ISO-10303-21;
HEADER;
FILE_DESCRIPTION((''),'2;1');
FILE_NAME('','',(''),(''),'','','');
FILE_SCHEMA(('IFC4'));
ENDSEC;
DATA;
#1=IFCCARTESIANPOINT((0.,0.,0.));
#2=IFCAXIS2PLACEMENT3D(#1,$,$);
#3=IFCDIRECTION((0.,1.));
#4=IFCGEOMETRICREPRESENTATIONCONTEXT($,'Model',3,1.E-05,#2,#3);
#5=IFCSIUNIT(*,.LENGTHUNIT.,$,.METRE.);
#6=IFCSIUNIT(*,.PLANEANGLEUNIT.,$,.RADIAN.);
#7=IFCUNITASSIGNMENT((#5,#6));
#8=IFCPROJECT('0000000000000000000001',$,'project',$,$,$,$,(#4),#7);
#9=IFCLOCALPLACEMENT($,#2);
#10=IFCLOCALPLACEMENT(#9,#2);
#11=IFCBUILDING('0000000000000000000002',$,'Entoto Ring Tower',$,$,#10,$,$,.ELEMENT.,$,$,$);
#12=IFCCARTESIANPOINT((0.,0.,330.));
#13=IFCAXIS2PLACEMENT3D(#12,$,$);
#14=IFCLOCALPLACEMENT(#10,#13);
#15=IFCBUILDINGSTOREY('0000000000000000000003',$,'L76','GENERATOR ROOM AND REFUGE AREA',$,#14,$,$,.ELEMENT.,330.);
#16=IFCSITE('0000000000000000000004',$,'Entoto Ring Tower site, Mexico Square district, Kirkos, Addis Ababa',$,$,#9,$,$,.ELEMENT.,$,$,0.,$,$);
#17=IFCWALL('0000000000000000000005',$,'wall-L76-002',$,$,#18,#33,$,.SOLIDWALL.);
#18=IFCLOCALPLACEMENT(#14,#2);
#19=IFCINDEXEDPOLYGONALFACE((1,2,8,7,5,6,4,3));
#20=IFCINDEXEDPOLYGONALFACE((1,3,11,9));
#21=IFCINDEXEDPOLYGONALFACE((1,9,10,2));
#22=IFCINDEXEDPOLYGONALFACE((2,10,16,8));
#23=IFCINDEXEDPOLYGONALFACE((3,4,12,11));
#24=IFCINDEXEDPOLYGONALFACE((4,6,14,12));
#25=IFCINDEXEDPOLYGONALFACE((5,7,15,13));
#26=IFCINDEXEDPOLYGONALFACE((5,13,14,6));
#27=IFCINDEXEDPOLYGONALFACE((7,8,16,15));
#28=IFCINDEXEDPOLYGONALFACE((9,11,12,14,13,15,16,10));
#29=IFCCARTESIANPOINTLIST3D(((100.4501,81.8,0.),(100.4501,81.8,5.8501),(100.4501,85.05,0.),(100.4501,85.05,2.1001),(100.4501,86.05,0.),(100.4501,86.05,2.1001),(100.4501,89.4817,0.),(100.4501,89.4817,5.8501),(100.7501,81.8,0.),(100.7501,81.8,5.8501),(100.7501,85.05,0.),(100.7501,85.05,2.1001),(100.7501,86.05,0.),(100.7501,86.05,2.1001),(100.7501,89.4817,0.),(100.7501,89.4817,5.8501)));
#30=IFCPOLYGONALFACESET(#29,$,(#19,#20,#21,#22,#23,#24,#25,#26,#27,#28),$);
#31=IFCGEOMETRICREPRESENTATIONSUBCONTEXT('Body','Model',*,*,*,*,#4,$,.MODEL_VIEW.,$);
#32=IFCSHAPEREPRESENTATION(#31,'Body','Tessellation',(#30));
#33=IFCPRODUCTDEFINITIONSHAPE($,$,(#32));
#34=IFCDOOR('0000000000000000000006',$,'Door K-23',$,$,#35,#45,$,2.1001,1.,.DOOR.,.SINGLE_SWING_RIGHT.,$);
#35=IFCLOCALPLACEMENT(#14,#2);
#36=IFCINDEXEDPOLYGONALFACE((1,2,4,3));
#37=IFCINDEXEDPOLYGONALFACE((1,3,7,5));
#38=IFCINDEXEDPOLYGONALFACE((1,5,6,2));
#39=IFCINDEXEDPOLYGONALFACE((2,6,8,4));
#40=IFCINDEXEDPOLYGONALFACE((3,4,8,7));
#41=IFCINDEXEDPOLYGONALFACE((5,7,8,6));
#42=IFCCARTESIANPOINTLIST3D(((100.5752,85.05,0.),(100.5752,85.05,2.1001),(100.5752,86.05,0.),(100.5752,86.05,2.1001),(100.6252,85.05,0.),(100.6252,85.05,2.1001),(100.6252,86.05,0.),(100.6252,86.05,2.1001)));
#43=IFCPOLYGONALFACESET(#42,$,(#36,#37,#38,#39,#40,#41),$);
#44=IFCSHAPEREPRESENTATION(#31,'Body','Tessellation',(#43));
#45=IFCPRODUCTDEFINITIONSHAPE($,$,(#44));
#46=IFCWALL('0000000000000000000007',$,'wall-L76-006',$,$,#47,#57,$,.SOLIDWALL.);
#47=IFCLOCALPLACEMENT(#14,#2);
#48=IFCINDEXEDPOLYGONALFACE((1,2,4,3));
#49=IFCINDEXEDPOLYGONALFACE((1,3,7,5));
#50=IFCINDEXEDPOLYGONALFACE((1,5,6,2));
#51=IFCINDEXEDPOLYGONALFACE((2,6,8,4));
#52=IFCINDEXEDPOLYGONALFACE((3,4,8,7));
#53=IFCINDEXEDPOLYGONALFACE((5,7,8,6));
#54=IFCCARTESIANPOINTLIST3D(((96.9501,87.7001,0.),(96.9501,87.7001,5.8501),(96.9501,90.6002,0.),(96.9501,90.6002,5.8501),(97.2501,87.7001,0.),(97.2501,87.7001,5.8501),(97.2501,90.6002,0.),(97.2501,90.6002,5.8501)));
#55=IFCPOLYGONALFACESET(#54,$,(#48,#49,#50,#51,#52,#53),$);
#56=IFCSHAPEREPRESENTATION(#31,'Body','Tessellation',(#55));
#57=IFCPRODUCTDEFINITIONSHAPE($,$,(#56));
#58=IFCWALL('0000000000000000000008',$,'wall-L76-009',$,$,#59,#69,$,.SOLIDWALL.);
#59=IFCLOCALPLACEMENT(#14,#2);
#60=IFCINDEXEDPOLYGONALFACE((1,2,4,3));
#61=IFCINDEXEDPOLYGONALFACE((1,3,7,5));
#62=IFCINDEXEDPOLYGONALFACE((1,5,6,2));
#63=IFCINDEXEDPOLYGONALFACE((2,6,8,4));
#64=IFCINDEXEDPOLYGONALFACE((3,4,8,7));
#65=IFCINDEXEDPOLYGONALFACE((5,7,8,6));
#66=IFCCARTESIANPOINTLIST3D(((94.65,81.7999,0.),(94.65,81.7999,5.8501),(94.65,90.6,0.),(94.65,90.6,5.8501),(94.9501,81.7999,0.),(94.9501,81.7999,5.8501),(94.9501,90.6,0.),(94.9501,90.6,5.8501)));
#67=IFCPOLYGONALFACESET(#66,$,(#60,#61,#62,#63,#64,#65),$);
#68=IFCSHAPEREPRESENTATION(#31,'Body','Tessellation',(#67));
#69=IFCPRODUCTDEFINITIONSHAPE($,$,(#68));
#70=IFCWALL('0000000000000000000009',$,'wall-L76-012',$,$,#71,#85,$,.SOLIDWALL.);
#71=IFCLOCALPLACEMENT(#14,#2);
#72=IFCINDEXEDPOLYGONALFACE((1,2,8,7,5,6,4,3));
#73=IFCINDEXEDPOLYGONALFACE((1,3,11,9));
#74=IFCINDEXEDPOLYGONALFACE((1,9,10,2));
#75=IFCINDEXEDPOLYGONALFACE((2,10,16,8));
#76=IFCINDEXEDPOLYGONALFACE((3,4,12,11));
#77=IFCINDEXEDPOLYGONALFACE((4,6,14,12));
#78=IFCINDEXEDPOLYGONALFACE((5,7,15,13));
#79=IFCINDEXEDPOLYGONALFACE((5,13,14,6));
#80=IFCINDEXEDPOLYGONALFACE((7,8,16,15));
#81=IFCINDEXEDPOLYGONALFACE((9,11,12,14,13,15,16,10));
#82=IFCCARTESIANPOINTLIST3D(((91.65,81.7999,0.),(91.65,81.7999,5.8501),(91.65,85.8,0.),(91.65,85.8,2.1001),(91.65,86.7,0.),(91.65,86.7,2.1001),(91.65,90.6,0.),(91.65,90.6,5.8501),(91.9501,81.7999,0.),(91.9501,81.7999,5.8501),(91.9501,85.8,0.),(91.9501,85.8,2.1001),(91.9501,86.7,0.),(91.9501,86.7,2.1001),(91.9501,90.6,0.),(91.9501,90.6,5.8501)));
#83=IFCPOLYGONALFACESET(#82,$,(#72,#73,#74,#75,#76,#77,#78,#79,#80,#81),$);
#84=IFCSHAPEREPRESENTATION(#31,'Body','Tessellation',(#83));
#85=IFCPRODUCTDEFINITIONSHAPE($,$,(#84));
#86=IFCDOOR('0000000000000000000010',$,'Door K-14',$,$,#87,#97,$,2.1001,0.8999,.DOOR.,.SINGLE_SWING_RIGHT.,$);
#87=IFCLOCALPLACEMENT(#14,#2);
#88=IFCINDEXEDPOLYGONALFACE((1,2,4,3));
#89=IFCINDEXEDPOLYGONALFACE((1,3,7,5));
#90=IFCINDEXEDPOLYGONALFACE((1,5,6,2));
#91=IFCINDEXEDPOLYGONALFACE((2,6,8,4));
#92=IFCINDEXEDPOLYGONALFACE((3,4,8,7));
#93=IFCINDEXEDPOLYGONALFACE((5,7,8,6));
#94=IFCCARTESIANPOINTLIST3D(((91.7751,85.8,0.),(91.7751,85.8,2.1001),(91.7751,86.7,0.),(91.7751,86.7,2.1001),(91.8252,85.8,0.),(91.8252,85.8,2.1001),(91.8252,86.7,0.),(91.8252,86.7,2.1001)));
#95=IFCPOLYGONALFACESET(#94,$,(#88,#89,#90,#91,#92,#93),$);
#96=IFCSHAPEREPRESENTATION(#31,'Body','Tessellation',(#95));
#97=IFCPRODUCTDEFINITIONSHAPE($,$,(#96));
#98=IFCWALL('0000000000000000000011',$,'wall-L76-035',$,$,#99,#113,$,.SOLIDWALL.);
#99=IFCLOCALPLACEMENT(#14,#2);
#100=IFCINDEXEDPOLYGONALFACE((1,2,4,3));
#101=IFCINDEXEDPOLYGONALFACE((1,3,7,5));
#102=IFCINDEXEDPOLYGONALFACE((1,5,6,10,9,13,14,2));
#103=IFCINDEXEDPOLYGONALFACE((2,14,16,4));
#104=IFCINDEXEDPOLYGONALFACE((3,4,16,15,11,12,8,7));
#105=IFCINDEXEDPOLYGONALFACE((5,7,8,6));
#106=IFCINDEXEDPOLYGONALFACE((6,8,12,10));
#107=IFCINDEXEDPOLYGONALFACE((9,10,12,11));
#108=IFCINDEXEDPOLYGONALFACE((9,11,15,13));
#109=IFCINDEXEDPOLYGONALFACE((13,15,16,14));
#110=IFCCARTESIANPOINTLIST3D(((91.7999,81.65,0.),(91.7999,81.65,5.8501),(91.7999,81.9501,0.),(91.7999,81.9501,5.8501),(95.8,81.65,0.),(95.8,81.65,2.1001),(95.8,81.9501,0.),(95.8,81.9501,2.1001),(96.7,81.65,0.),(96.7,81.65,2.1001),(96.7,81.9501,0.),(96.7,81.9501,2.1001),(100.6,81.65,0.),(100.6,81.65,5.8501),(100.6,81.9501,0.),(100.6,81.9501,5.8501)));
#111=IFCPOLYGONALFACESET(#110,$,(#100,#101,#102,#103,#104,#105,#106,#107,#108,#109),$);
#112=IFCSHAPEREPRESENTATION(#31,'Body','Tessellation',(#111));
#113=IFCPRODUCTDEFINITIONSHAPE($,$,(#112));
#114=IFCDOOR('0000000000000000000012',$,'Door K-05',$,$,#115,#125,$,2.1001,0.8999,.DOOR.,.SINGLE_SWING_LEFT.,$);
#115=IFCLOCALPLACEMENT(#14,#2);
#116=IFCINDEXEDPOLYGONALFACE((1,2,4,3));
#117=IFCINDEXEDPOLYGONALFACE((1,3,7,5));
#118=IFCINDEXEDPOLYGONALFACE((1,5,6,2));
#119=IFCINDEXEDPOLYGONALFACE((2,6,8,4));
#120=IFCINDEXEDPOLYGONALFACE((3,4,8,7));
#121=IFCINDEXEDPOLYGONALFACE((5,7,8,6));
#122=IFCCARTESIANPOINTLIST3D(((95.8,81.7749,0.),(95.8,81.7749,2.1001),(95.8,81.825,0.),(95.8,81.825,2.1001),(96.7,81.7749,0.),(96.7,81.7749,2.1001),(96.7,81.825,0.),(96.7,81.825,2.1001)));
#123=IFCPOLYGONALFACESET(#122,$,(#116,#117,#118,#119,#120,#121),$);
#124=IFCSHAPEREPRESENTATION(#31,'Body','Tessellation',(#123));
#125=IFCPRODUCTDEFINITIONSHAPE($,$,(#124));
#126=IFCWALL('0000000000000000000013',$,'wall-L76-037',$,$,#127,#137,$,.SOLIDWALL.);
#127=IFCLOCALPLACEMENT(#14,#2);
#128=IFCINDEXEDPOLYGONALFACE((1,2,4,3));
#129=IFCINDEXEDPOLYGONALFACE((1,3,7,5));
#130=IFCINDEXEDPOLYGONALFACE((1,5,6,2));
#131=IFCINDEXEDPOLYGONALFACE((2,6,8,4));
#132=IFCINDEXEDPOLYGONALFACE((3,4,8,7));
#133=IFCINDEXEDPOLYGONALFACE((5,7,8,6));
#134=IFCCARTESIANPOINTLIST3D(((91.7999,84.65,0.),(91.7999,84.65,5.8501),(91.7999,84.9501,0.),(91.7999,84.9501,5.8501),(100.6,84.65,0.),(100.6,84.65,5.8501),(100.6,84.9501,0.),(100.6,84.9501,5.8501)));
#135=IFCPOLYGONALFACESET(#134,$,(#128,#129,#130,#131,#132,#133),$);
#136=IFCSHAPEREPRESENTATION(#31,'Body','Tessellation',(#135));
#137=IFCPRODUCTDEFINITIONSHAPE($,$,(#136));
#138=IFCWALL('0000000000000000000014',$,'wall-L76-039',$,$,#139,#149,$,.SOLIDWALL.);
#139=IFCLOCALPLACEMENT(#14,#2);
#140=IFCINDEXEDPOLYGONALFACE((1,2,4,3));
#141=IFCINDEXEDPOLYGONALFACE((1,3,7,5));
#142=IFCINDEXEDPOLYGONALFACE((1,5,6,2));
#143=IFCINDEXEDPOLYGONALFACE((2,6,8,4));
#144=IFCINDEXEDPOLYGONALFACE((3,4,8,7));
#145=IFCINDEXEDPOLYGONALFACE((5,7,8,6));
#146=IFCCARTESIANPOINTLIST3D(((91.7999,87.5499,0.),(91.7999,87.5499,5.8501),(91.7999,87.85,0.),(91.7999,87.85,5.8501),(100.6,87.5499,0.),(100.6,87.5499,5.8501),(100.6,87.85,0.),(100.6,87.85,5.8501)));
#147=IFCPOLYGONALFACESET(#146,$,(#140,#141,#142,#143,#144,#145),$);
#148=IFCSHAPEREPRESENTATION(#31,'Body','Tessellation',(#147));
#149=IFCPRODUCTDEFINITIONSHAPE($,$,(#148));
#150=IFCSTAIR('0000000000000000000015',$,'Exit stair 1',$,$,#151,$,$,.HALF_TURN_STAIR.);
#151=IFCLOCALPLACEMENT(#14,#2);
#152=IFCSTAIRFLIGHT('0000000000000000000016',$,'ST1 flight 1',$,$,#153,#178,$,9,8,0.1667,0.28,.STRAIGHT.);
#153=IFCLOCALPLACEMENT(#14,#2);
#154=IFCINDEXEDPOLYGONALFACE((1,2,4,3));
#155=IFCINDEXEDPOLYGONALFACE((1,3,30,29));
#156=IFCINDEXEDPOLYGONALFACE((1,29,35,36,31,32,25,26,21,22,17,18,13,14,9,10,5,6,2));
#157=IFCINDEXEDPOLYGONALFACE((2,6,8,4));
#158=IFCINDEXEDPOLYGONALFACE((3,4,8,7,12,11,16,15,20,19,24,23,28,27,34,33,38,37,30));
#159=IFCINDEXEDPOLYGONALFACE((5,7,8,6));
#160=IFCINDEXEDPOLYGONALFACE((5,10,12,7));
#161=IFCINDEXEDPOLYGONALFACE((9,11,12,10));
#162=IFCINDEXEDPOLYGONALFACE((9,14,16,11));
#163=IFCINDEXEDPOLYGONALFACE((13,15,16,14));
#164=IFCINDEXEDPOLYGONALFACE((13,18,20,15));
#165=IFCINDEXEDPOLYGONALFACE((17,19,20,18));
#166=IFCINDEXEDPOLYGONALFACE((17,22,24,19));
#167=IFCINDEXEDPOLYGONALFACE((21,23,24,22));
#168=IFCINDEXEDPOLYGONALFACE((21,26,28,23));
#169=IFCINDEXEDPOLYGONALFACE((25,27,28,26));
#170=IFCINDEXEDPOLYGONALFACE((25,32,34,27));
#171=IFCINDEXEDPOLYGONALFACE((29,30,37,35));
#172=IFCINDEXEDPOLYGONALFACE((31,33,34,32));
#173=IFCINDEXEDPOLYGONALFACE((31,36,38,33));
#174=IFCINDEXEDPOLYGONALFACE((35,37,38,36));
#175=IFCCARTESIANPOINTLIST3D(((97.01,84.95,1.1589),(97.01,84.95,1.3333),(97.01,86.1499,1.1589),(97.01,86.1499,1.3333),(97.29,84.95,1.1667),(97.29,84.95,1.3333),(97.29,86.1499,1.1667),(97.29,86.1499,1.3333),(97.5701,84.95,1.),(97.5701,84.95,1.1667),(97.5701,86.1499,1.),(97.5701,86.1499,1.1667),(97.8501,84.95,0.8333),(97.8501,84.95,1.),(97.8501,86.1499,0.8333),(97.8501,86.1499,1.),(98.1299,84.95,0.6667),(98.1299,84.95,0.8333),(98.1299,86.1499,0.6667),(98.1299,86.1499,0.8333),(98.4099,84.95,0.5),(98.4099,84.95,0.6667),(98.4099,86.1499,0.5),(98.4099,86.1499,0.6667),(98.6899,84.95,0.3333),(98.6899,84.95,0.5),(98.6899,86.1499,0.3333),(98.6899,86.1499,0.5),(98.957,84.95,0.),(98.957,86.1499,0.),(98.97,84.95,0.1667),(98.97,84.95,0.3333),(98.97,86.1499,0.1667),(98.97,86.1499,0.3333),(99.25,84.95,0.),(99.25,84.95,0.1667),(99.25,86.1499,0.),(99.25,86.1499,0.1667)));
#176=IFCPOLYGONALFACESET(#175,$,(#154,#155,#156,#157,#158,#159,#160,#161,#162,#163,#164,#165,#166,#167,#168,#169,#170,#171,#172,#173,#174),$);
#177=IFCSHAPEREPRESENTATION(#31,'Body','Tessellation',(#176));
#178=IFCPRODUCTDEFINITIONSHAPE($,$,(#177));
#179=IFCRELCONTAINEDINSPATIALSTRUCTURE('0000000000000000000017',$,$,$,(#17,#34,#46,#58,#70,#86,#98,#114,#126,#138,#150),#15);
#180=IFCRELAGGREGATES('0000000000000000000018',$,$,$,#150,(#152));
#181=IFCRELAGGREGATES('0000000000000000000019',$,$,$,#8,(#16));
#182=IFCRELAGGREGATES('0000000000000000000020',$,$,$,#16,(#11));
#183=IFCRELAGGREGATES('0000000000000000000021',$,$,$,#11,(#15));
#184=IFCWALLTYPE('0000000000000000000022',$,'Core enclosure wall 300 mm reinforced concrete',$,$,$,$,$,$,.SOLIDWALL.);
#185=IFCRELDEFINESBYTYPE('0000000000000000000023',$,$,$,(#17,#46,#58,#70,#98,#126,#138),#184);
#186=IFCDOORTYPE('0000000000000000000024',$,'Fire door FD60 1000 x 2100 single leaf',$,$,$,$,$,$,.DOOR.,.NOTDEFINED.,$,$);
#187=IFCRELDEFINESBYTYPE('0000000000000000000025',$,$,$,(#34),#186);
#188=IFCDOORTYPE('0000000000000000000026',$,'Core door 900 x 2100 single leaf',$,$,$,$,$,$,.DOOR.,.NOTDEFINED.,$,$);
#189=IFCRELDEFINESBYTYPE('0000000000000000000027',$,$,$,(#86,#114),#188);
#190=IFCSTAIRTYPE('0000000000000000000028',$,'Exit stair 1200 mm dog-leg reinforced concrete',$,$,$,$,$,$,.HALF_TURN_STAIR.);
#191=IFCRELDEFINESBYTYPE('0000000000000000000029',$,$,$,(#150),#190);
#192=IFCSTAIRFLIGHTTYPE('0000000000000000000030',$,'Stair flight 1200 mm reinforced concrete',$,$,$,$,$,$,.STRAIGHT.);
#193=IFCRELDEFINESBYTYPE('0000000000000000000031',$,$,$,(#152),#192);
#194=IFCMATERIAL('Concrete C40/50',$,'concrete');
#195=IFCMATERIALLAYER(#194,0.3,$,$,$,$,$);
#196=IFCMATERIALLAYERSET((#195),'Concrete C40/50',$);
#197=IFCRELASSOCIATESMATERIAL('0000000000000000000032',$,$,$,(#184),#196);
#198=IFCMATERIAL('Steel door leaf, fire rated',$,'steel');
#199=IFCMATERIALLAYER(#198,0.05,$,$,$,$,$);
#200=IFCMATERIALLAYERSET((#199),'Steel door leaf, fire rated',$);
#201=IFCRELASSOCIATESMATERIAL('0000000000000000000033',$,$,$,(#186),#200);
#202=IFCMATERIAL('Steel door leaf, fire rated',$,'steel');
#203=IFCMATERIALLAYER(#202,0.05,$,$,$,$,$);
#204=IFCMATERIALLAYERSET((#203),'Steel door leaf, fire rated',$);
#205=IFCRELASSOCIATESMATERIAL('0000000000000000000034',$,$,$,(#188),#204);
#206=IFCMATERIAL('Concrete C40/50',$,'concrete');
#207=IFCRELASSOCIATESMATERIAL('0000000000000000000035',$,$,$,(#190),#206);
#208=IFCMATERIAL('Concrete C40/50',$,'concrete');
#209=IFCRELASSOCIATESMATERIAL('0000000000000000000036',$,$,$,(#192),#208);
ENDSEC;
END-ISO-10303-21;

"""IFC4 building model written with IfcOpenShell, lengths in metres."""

from ifc_helpers import new_model, si_unit, direction, frame, frame_2d, origin, place, context, subcontext, project, spatial, polyline, rectangle, outline, extrude, material, layer, layer_set, type_object, element, fill, aggregate, save


model = new_model("IFC4")

# Units and contexts
model_context = context("Model", 3, precision=1e-05, world=origin(), true_north=direction((0.0, 1.0)))
body_context = subcontext(model_context, "Body", "Model", "MODEL_VIEW")
ifc_project = project(units=[si_unit("LENGTHUNIT", "METRE"), si_unit("PLANEANGLEUNIT", "RADIAN")], contexts=[model_context])

# Site, building, storey
site_placement = place(None, origin())
site = spatial("IfcSite", under=ifc_project, at=site_placement, Name="Entoto Ring Tower site, Mexico Square district, Kirkos, Addis Ababa", CompositionType="ELEMENT", RefElevation=0.0)
building_placement = place(site_placement, origin())
building = spatial("IfcBuilding", under=site, at=building_placement, Name="Entoto Ring Tower", CompositionType="ELEMENT")
storey_placement = place(building_placement, frame((0.0, 0.0, 330.0)))
storey = spatial("IfcBuildingStorey", under=building, at=storey_placement, Name="L76", Description="GENERATOR ROOM AND REFUGE AREA", CompositionType="ELEMENT", Elevation=330.0)

# Wall, opening, door
ifc_material_1 = material(Name="Concrete C40/50", Category="concrete")
ifc_layer_1 = layer(ifc_material_1, 0.3)
ifc_layer_set_1 = layer_set([ifc_layer_1], Name="Concrete C40/50")
wall_type = type_object("IfcWallType", Name="Core enclosure wall 300 mm reinforced concrete", PredefinedType="SOLIDWALL", material=ifc_layer_set_1)
wall_1_placement = place(storey_placement, frame((100.6001, 81.8, 0.0), z_axis=(0.0, 0.0, 1.0), x_axis=(0.0, 1.0, 0.0)))
wall_1 = element("IfcWall", 1, at=wall_1_placement, inside=storey, type_object=wall_type, Name="wall-L76-002", PredefinedType="SOLIDWALL", context=body_context, shape_type="SweptSolid", body=[
    extrude(rectangle(XDim=7.6816, YDim=0.3, at=frame_2d((3.8408, 0.0))), origin(), (0.0, 0.0, 1.0), 5.8501),
])
opening_1_placement = place(wall_1_placement, frame((3.25, 0.0, 0.0)))
opening_1 = element("IfcOpeningElement", 2, at=opening_1_placement, cuts=wall_1, PredefinedType="OPENING", context=body_context, shape_type="SweptSolid", body=[
    extrude(rectangle(XDim=1.0, YDim=2.1001, at=frame_2d((0.5, 1.05))), frame((0.0, 0.1602, 0.0), z_axis=(0.0, -1.0, 0.0), x_axis=(1.0, 0.0, 0.0)), (0.0, 0.0, 1.0), 0.3201),
])
ifc_material_2 = material(Name="Steel door leaf, fire rated", Category="steel")
ifc_layer_2 = layer(ifc_material_2, 0.05)
ifc_layer_set_2 = layer_set([ifc_layer_2], Name="Steel door leaf, fire rated")
door_type_1 = type_object("IfcDoorType", Name="Fire door FD60 1000 x 2100 single leaf", OperationType="NOTDEFINED", PredefinedType="DOOR", material=ifc_layer_set_2)
door_1_placement = place(opening_1_placement, origin())
door_1 = element("IfcDoor", 3, at=door_1_placement, inside=storey, type_object=door_type_1, Name="Door K-23", OperationType="SINGLE_SWING_RIGHT", OverallHeight=2.1001, OverallWidth=1.0, PredefinedType="DOOR", context=body_context, shape_type="SweptSolid", body=[
    extrude(rectangle(XDim=1.0, YDim=2.1001, at=frame_2d((0.5, 1.05))), frame((0.0, 0.0249, 0.0), z_axis=(0.0, -1.0, 0.0), x_axis=(1.0, 0.0, 0.0)), (0.0, 0.0, 1.0), 0.05),
])
fill(opening_1, door_1)

# Walls
wall_2_placement = place(storey_placement, frame((97.1001, 87.7, 0.0), z_axis=(0.0, 0.0, 1.0), x_axis=(0.0, 1.0, 0.0)))
element("IfcWall", 4, at=wall_2_placement, inside=storey, type_object=wall_type, Name="wall-L76-006", PredefinedType="SOLIDWALL", context=body_context, shape_type="SweptSolid", body=[
    extrude(rectangle(XDim=2.9001, YDim=0.3, at=frame_2d((1.4502, 0.0))), origin(), (0.0, 0.0, 1.0), 5.8501),
])
wall_3_placement = place(storey_placement, frame((94.8, 81.8, 0.0), z_axis=(0.0, 0.0, 1.0), x_axis=(0.0, 1.0, 0.0)))
element("IfcWall", 5, at=wall_3_placement, inside=storey, type_object=wall_type, Name="wall-L76-009", PredefinedType="SOLIDWALL", context=body_context, shape_type="SweptSolid", body=[
    extrude(rectangle(XDim=8.8, YDim=0.3, at=frame_2d((4.3999, 0.0))), origin(), (0.0, 0.0, 1.0), 5.8501),
])

# Walls, openings, doors
wall_4_placement = place(storey_placement, frame((91.8, 81.8, 0.0), z_axis=(0.0, 0.0, 1.0), x_axis=(0.0, 1.0, 0.0)))
wall_4 = element("IfcWall", 6, at=wall_4_placement, inside=storey, type_object=wall_type, Name="wall-L76-012", PredefinedType="SOLIDWALL", context=body_context, shape_type="SweptSolid", body=[
    extrude(rectangle(XDim=8.8, YDim=0.3, at=frame_2d((4.3999, 0.0))), origin(), (0.0, 0.0, 1.0), 5.8501),
])
opening_2_placement = place(wall_4_placement, frame((4.0, 0.0, 0.0)))
opening_2 = element("IfcOpeningElement", 7, at=opening_2_placement, cuts=wall_4, PredefinedType="OPENING", context=body_context, shape_type="SweptSolid", body=[
    extrude(rectangle(XDim=0.8999, YDim=2.1001, at=frame_2d((0.45, 1.05))), frame((0.0, 0.1602, 0.0), z_axis=(0.0, -1.0, 0.0), x_axis=(1.0, 0.0, 0.0)), (0.0, 0.0, 1.0), 0.3201),
])
ifc_material_3 = material(Name="Steel door leaf, fire rated", Category="steel")
ifc_layer_3 = layer(ifc_material_3, 0.05)
ifc_layer_set_3 = layer_set([ifc_layer_3], Name="Steel door leaf, fire rated")
door_type_2 = type_object("IfcDoorType", Name="Core door 900 x 2100 single leaf", OperationType="NOTDEFINED", PredefinedType="DOOR", material=ifc_layer_set_3)
door_2_placement = place(opening_2_placement, origin())
door_2 = element("IfcDoor", 8, at=door_2_placement, inside=storey, type_object=door_type_2, Name="Door K-14", OperationType="SINGLE_SWING_RIGHT", OverallHeight=2.1001, OverallWidth=0.8999, PredefinedType="DOOR", context=body_context, shape_type="SweptSolid", body=[
    extrude(rectangle(XDim=0.8999, YDim=2.1001, at=frame_2d((0.45, 1.05))), frame((0.0, 0.0249, 0.0), z_axis=(0.0, -1.0, 0.0), x_axis=(1.0, 0.0, 0.0)), (0.0, 0.0, 1.0), 0.05),
])
fill(opening_2, door_2)
wall_5_placement = place(storey_placement, frame((91.8, 81.8, 0.0), z_axis=(0.0, 0.0, 1.0), x_axis=(1.0, 0.0, 0.0)))
wall_5 = element("IfcWall", 9, at=wall_5_placement, inside=storey, type_object=wall_type, Name="wall-L76-035", PredefinedType="SOLIDWALL", context=body_context, shape_type="SweptSolid", body=[
    extrude(rectangle(XDim=8.8, YDim=0.3, at=frame_2d((4.3999, 0.0))), origin(), (0.0, 0.0, 1.0), 5.8501),
])
opening_3_placement = place(wall_5_placement, frame((4.0, 0.0, 0.0)))
opening_3 = element("IfcOpeningElement", 10, at=opening_3_placement, cuts=wall_5, PredefinedType="OPENING", context=body_context, shape_type="SweptSolid", body=[
    extrude(rectangle(XDim=0.8999, YDim=2.1001, at=frame_2d((0.45, 1.05))), frame((0.0, 0.1602, 0.0), z_axis=(0.0, -1.0, 0.0), x_axis=(1.0, 0.0, 0.0)), (0.0, 0.0, 1.0), 0.3201),
])
door_3_placement = place(opening_3_placement, origin())
door_3 = element("IfcDoor", 11, at=door_3_placement, inside=storey, type_object=door_type_2, Name="Door K-05", OperationType="SINGLE_SWING_LEFT", OverallHeight=2.1001, OverallWidth=0.8999, PredefinedType="DOOR", context=body_context, shape_type="SweptSolid", body=[
    extrude(rectangle(XDim=0.8999, YDim=2.1001, at=frame_2d((0.45, 1.05))), frame((0.0, 0.0249, 0.0), z_axis=(0.0, -1.0, 0.0), x_axis=(1.0, 0.0, 0.0)), (0.0, 0.0, 1.0), 0.05),
])
fill(opening_3, door_3)

# Walls
for number, where, z_axis, x_axis, name in (
    (12, (91.8, 84.8, 0.0), (0.0, 0.0, 1.0), (1.0, 0.0, 0.0), "wall-L76-037"),
    (13, (91.8, 87.7, 0.0), (0.0, 0.0, 1.0), (1.0, 0.0, 0.0), "wall-L76-039"),
):
    element("IfcWall", number, at=place(storey_placement, frame(where, z_axis=z_axis, x_axis=x_axis)), inside=storey, type_object=wall_type, Name=name, PredefinedType="SOLIDWALL", context=body_context, shape_type="SweptSolid", body=[
        extrude(rectangle(XDim=8.8, YDim=0.3, at=frame_2d((4.3999, 0.0))), origin(), (0.0, 0.0, 1.0), 5.8501),
    ])

# Stair, stair flight
ifc_material_4 = material(Name="Concrete C40/50", Category="concrete")
stair_type = type_object("IfcStairType", Name="Exit stair 1200 mm dog-leg reinforced concrete", PredefinedType="HALF_TURN_STAIR", material=ifc_material_4)
stair_placement = place(storey_placement, origin())
stair = element("IfcStair", 14, at=stair_placement, inside=storey, type_object=stair_type, Name="Exit stair 1", PredefinedType="HALF_TURN_STAIR")
ifc_material_5 = material(Name="Concrete C40/50", Category="concrete")
stair_flight_type = type_object("IfcStairFlightType", Name="Stair flight 1200 mm reinforced concrete", PredefinedType="STRAIGHT", material=ifc_material_5)
stair_flight_1_placement = place(storey_placement, frame((99.25, 85.55, 0.0), z_axis=(0.0, 0.0, 1.0), x_axis=(-1.0, 0.0, 0.0)))
stair_flight_1 = element("IfcStairFlight", 15, at=stair_flight_1_placement, type_object=stair_flight_type, Name="ST1 flight 1", NumberOfRisers=9, NumberOfTreads=8, PredefinedType="STRAIGHT", RiserHeight=0.1667, TreadLength=0.28, context=body_context, shape_type="SweptSolid", body=[
    extrude(outline(polyline([(0.0, 0.0), (0.0, 0.1667), (0.28, 0.1667), (0.28, 0.3333), (0.5601, 0.3333), (0.5601, 0.5), (0.8401, 0.5), (0.8401, 0.6667), (1.1201, 0.6667), (1.1201, 0.8333), (1.3999, 0.8333), (1.3999, 1.0), (1.6799, 1.0), (1.6799, 1.1667), (1.96, 1.1667), (1.96, 1.3333), (2.24, 1.3333), (2.24, 1.5), (2.24, 1.1589), (0.293, 0.0), (0.0, 0.0)])), frame((0.0, 0.6001, 0.0), z_axis=(0.0, -1.0, 0.0), x_axis=(1.0, 0.0, 0.0)), (0.0, 0.0, 1.0), 1.2),
])
aggregate(stair, [stair_flight_1])

save(model, "model.ifc")
